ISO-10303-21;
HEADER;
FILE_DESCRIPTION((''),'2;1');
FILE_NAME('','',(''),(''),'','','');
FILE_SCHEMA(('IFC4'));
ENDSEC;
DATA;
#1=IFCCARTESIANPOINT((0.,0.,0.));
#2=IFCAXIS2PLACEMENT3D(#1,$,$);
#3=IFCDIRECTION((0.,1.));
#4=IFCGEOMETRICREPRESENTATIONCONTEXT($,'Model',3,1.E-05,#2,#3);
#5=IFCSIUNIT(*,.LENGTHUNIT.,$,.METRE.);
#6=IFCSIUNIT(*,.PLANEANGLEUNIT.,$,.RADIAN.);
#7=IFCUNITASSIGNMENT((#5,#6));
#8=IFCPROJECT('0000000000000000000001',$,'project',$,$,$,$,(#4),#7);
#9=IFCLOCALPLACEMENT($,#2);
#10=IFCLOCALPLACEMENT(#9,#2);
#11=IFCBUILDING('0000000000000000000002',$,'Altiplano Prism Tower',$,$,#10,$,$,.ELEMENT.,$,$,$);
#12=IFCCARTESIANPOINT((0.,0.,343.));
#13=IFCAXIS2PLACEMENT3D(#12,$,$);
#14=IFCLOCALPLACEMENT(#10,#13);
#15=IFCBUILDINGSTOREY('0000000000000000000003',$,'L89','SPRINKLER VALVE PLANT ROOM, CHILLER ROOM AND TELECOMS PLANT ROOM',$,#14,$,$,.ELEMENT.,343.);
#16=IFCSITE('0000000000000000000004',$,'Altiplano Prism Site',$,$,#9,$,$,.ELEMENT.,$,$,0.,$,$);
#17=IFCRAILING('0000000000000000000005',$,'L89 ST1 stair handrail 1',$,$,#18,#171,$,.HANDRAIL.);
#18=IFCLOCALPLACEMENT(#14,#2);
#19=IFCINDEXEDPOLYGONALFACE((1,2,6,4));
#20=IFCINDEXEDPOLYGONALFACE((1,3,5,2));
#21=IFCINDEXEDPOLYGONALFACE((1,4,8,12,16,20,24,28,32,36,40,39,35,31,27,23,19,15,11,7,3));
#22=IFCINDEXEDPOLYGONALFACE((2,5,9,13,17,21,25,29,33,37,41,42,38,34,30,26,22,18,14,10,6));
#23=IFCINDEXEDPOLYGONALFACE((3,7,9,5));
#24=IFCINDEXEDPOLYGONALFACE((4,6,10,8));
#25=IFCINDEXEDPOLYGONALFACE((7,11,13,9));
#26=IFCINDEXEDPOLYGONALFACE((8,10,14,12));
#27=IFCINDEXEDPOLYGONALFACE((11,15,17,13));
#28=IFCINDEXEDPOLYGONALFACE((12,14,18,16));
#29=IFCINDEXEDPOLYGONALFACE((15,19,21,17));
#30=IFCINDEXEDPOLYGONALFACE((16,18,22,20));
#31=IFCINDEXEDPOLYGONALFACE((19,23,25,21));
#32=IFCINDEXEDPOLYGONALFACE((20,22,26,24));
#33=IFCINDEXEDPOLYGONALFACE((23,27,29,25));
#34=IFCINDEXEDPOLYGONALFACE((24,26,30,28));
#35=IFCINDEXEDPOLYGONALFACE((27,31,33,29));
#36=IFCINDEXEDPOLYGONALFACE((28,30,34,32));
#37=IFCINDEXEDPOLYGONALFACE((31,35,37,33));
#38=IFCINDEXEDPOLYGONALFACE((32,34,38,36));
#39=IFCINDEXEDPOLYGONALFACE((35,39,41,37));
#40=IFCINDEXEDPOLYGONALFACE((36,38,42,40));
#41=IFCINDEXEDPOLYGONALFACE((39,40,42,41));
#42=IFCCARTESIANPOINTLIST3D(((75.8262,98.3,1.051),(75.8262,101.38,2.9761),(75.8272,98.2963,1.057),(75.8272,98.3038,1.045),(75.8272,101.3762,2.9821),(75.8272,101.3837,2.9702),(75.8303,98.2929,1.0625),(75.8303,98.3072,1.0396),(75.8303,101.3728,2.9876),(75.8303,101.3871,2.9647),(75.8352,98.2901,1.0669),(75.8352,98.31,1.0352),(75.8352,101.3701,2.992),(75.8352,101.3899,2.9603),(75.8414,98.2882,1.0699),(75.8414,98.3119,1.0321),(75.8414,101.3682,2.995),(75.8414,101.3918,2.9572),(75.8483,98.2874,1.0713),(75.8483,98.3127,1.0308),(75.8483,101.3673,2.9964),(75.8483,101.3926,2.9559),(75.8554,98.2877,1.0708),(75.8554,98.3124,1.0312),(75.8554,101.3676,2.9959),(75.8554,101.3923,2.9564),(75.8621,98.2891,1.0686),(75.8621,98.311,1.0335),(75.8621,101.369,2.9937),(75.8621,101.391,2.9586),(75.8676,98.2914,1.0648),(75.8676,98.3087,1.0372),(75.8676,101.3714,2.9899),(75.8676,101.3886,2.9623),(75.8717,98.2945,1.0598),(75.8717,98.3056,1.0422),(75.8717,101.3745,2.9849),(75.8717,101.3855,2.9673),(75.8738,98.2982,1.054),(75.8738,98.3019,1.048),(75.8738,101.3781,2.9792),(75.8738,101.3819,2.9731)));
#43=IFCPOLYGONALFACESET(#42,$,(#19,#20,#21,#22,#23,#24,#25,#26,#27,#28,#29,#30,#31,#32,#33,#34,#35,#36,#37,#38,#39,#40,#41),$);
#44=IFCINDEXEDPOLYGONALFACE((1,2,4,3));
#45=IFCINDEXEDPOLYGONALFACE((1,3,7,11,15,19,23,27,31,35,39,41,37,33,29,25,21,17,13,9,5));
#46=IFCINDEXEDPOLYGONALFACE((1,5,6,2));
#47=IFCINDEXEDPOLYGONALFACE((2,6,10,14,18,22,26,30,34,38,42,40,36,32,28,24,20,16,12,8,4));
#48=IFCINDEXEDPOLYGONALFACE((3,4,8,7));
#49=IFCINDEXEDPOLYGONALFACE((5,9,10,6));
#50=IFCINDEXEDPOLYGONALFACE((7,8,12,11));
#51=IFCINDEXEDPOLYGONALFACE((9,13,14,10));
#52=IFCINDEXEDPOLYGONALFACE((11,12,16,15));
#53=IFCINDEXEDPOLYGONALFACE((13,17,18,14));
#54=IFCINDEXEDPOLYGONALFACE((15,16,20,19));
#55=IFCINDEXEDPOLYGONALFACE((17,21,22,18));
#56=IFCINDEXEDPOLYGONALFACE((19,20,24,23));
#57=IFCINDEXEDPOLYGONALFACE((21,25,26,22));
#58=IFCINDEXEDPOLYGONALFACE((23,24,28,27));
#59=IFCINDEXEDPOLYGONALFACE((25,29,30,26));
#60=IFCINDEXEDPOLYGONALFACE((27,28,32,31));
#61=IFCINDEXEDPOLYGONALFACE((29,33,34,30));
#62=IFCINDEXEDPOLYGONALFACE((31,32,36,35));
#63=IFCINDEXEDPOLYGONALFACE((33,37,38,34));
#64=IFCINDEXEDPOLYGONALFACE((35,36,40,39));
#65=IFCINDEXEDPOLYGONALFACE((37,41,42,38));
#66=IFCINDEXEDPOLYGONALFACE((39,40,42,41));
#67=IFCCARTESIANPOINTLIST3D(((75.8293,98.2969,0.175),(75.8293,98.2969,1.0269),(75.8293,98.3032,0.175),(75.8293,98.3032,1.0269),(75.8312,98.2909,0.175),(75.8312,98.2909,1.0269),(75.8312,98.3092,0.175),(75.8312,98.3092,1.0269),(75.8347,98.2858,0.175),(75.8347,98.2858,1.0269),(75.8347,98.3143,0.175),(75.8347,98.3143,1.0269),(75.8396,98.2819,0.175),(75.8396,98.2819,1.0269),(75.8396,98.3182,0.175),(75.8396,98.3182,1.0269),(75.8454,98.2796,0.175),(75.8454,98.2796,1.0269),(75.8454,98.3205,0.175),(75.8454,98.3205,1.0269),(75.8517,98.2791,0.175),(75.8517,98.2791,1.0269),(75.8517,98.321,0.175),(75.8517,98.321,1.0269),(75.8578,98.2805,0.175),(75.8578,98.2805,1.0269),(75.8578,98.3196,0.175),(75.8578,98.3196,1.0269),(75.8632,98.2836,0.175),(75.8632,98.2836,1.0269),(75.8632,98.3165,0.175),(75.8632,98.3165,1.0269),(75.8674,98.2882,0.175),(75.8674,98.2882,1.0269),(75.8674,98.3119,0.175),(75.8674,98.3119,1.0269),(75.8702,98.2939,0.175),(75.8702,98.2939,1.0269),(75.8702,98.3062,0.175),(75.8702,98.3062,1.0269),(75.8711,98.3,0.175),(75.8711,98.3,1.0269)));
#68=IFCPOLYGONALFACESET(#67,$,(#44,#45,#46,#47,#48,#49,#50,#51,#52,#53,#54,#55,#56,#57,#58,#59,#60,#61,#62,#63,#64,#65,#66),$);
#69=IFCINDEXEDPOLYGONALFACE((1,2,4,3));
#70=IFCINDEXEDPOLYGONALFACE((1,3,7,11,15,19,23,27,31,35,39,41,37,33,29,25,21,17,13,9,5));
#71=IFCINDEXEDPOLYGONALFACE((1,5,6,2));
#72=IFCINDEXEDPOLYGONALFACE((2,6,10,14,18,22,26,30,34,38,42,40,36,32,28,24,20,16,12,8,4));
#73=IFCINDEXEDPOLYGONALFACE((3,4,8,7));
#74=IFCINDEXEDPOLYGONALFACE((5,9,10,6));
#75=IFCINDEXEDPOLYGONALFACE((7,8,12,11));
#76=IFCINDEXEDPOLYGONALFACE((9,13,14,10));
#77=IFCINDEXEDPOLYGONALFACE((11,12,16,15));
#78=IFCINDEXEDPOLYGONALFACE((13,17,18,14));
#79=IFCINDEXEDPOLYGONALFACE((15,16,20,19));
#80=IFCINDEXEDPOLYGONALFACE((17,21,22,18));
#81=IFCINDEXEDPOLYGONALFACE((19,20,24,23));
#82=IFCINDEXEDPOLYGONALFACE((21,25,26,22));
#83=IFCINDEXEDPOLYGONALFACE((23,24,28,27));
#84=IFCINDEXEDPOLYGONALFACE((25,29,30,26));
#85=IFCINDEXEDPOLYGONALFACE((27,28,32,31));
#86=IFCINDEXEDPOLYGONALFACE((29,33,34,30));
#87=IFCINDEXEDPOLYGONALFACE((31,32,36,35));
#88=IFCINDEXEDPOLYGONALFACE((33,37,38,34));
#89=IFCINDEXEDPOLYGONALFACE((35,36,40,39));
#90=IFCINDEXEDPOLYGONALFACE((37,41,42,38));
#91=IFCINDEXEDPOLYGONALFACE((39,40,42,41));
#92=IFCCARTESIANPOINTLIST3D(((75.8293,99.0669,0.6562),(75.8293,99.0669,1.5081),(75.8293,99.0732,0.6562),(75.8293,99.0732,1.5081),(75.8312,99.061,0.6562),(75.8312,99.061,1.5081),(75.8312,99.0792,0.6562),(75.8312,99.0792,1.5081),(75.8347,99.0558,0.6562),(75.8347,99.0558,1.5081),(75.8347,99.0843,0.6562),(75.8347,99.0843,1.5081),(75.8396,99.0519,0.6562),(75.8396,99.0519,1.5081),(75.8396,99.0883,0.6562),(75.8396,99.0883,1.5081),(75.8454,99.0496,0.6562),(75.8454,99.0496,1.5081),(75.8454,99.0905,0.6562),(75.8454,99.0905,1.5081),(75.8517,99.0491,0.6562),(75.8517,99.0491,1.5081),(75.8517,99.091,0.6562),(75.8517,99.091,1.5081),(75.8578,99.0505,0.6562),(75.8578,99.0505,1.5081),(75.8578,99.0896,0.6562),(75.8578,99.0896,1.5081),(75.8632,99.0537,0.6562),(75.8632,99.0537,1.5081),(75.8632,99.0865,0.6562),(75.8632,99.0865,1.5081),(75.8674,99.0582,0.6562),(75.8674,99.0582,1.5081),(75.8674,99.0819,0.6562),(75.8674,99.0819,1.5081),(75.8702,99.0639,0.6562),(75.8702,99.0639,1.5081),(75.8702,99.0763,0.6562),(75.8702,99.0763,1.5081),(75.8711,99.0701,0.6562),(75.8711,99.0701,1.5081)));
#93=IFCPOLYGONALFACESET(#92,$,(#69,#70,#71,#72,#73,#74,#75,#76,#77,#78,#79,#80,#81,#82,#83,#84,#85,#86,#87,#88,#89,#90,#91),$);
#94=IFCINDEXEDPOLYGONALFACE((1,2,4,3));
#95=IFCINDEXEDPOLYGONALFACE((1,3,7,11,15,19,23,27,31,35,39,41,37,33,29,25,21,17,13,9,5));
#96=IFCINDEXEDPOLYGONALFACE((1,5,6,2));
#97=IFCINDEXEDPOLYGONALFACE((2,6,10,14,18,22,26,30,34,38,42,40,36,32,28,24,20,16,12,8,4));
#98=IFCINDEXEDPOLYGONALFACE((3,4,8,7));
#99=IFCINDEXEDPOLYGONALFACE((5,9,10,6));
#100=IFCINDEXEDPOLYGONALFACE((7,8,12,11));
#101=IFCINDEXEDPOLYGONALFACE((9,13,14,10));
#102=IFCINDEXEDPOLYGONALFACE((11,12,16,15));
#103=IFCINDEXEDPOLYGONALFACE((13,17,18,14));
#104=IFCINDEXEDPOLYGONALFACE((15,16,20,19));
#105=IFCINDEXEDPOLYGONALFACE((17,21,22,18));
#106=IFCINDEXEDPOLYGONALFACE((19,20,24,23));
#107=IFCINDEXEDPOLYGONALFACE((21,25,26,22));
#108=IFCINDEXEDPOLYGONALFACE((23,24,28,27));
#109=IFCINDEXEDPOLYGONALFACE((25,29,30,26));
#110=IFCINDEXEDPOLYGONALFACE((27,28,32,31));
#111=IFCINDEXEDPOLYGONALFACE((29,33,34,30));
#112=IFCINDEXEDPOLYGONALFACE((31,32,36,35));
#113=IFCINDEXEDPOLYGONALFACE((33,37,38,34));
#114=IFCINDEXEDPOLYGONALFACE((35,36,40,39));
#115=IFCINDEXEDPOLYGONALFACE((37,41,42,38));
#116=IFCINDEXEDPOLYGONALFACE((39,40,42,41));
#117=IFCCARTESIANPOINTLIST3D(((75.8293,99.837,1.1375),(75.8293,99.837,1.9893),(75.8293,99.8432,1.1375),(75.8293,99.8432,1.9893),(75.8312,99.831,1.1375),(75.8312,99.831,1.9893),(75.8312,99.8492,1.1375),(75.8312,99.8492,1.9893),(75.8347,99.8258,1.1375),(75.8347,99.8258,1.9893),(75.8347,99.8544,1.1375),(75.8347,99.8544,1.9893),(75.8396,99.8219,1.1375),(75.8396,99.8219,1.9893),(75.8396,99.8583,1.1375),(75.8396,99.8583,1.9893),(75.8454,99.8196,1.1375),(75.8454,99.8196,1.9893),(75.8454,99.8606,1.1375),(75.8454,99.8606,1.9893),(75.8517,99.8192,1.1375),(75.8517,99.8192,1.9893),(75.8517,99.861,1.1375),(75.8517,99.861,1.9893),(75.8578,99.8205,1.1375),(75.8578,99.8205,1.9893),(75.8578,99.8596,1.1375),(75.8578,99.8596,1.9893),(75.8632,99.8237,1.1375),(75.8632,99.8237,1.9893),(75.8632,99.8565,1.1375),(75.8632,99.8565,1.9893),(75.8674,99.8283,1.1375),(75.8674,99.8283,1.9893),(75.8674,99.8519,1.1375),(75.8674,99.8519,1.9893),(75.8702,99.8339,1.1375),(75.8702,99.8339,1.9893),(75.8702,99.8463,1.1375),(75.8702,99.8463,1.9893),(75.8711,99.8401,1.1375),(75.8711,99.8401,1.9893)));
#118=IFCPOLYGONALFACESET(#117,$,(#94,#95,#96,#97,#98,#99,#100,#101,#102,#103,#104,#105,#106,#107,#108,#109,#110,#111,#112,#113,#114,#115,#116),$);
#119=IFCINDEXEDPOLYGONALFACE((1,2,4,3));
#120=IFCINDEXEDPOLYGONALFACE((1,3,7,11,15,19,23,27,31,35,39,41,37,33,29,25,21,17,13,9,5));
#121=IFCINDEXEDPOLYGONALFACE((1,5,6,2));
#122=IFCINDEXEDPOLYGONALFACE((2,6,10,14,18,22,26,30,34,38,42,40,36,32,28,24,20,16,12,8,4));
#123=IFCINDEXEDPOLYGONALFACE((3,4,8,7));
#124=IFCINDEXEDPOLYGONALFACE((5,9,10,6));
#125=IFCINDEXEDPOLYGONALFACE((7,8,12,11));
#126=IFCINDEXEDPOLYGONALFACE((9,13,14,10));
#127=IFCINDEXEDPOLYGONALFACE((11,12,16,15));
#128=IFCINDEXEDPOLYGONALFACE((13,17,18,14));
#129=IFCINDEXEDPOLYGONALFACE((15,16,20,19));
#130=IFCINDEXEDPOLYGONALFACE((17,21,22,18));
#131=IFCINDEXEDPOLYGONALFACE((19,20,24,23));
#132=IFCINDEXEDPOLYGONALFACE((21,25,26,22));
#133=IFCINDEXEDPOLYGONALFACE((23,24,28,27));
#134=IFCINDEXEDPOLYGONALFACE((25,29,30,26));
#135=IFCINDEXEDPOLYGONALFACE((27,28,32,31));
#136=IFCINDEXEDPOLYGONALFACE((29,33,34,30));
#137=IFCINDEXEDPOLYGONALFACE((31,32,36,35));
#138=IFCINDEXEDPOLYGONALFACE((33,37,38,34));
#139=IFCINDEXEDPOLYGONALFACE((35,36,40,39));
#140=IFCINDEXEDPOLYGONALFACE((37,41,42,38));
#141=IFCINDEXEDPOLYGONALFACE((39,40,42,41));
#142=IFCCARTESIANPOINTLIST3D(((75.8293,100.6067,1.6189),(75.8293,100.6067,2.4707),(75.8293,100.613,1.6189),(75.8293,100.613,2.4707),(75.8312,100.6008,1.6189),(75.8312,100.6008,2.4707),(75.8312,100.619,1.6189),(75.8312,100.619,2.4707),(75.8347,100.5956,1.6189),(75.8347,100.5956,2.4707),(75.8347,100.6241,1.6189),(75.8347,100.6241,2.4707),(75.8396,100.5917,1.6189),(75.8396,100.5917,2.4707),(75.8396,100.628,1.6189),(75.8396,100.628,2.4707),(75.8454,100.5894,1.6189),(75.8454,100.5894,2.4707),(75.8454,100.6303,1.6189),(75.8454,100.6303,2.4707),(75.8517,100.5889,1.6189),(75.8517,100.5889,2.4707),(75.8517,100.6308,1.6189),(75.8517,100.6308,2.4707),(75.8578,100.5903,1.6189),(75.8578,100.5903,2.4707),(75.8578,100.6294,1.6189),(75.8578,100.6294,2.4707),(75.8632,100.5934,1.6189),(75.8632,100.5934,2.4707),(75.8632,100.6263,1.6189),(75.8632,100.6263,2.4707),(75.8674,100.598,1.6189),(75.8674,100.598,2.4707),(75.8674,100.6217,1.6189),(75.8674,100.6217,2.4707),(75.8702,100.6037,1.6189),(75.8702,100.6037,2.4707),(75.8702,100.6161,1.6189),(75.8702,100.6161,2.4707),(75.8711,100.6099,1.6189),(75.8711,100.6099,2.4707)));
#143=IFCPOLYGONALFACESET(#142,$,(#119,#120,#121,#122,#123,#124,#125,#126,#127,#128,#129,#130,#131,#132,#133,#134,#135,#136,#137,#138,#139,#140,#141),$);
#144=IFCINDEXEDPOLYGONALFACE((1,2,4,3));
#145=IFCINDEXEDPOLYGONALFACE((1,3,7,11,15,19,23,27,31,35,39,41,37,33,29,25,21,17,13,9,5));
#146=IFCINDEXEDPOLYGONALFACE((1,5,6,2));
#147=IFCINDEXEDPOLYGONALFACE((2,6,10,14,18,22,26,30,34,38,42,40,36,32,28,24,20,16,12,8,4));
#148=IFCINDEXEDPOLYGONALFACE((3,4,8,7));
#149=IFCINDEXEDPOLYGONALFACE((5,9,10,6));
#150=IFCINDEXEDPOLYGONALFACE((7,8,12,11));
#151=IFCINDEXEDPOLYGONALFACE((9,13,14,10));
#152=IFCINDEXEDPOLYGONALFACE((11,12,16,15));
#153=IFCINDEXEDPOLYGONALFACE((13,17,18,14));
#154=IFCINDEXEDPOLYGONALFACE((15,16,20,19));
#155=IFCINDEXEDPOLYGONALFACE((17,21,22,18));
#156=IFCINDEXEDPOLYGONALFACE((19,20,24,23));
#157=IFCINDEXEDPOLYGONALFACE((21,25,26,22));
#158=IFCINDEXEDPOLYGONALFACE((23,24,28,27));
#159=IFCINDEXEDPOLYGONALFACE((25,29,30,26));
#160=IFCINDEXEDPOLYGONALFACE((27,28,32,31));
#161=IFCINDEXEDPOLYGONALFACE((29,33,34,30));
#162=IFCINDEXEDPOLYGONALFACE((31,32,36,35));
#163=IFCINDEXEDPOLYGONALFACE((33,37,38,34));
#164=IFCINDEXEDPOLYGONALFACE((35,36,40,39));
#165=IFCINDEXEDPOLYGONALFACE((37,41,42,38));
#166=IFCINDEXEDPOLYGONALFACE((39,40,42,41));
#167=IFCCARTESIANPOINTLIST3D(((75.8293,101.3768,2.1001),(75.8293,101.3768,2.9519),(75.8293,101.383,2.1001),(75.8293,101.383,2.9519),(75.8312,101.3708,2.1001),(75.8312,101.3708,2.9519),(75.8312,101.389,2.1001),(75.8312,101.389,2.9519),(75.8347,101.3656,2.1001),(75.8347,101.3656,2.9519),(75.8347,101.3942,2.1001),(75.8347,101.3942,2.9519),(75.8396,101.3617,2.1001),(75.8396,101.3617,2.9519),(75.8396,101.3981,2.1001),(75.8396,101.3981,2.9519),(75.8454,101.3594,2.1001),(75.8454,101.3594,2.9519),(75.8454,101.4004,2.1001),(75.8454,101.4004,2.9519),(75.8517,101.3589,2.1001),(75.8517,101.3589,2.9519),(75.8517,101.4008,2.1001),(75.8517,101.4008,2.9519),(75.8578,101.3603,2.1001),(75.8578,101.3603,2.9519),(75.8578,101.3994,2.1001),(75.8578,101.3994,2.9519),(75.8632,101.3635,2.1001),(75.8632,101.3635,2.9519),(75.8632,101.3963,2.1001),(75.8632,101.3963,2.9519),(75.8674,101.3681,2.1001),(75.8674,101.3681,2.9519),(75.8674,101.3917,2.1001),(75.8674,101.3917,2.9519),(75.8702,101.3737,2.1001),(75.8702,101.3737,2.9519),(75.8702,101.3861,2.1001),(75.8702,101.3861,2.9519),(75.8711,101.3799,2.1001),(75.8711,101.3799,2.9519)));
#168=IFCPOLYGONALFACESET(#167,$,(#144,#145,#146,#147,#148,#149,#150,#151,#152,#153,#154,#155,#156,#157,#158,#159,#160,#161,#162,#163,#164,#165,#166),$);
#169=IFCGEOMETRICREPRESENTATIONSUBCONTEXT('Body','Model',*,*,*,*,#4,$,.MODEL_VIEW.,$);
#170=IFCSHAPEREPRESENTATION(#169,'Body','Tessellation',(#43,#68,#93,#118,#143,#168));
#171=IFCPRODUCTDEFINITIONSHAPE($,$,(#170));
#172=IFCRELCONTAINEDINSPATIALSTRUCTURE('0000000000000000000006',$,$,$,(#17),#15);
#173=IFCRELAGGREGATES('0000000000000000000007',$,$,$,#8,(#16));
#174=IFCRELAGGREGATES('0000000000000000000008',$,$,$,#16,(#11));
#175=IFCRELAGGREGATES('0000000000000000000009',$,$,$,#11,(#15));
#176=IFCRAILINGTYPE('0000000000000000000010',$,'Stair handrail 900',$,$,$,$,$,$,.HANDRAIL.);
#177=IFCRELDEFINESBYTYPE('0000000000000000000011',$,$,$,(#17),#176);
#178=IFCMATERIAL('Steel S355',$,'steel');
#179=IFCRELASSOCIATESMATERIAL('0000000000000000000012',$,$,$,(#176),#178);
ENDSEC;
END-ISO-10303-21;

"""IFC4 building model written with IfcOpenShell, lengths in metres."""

from ifc_helpers import new_model, si_unit, direction, frame, origin, origin_2d, place, context, subcontext, project, spatial, circle, extrude, material, type_object, element, save


model = new_model("IFC4")

# Units and contexts
model_context = context("Model", 3, precision=1e-05, world=origin(), true_north=direction((0.0, 1.0)))
body_context = subcontext(model_context, "Body", "Model", "MODEL_VIEW")
ifc_project = project(units=[si_unit("LENGTHUNIT", "METRE"), si_unit("PLANEANGLEUNIT", "RADIAN")], contexts=[model_context])

# Site, building, storey
site_placement = place(None, origin())
site = spatial("IfcSite", under=ifc_project, at=site_placement, Name="Altiplano Prism Site", CompositionType="ELEMENT", RefElevation=0.0)
building_placement = place(site_placement, origin())
building = spatial("IfcBuilding", under=site, at=building_placement, Name="Altiplano Prism Tower", CompositionType="ELEMENT")
storey_placement = place(building_placement, frame((0.0, 0.0, 343.0)))
storey = spatial("IfcBuildingStorey", under=building, at=storey_placement, Name="L89", Description="SPRINKLER VALVE PLANT ROOM, CHILLER ROOM AND TELECOMS PLANT ROOM", CompositionType="ELEMENT", Elevation=343.0)

# Railing
ifc_material_1 = material(Name="Steel S355", Category="steel")
railing_type_1 = type_object("IfcRailingType", Name="Stair handrail 900", PredefinedType="HANDRAIL", material=ifc_material_1)
railing_1_placement = place(storey_placement, frame((75.8501, 98.3, 0.175)))
element("IfcRailing", 1, at=railing_1_placement, inside=storey, type_object=railing_type_1, Name="L89 ST1 stair handrail 1", PredefinedType="HANDRAIL", context=body_context, shape_type="SweptSolid", body=[
    extrude(circle(Radius=0.0239, at=origin_2d()), frame((0.0, 0.0, 0.876), z_axis=(0.0, 0.847979, 0.530029), x_axis=(-1.0, 0.0, 0.0)), (0.0, 0.0, 1.0), 3.6321),
    extrude(circle(Radius=0.021, at=origin_2d()), origin(), (0.0, 0.0, 1.0), 0.8518),
    extrude(circle(Radius=0.021, at=origin_2d()), frame((0.0, 0.77, 0.4812)), (0.0, 0.0, 1.0), 0.8518),
    extrude(circle(Radius=0.021, at=origin_2d()), frame((0.0, 1.54, 0.9624)), (0.0, 0.0, 1.0), 0.8518),
    extrude(circle(Radius=0.021, at=origin_2d()), frame((0.0, 2.3098, 1.4438)), (0.0, 0.0, 1.0), 0.8518),
    extrude(circle(Radius=0.021, at=origin_2d()), frame((0.0, 3.0798, 1.925)), (0.0, 0.0, 1.0), 0.8518),
])

save(model, "model.ifc")
